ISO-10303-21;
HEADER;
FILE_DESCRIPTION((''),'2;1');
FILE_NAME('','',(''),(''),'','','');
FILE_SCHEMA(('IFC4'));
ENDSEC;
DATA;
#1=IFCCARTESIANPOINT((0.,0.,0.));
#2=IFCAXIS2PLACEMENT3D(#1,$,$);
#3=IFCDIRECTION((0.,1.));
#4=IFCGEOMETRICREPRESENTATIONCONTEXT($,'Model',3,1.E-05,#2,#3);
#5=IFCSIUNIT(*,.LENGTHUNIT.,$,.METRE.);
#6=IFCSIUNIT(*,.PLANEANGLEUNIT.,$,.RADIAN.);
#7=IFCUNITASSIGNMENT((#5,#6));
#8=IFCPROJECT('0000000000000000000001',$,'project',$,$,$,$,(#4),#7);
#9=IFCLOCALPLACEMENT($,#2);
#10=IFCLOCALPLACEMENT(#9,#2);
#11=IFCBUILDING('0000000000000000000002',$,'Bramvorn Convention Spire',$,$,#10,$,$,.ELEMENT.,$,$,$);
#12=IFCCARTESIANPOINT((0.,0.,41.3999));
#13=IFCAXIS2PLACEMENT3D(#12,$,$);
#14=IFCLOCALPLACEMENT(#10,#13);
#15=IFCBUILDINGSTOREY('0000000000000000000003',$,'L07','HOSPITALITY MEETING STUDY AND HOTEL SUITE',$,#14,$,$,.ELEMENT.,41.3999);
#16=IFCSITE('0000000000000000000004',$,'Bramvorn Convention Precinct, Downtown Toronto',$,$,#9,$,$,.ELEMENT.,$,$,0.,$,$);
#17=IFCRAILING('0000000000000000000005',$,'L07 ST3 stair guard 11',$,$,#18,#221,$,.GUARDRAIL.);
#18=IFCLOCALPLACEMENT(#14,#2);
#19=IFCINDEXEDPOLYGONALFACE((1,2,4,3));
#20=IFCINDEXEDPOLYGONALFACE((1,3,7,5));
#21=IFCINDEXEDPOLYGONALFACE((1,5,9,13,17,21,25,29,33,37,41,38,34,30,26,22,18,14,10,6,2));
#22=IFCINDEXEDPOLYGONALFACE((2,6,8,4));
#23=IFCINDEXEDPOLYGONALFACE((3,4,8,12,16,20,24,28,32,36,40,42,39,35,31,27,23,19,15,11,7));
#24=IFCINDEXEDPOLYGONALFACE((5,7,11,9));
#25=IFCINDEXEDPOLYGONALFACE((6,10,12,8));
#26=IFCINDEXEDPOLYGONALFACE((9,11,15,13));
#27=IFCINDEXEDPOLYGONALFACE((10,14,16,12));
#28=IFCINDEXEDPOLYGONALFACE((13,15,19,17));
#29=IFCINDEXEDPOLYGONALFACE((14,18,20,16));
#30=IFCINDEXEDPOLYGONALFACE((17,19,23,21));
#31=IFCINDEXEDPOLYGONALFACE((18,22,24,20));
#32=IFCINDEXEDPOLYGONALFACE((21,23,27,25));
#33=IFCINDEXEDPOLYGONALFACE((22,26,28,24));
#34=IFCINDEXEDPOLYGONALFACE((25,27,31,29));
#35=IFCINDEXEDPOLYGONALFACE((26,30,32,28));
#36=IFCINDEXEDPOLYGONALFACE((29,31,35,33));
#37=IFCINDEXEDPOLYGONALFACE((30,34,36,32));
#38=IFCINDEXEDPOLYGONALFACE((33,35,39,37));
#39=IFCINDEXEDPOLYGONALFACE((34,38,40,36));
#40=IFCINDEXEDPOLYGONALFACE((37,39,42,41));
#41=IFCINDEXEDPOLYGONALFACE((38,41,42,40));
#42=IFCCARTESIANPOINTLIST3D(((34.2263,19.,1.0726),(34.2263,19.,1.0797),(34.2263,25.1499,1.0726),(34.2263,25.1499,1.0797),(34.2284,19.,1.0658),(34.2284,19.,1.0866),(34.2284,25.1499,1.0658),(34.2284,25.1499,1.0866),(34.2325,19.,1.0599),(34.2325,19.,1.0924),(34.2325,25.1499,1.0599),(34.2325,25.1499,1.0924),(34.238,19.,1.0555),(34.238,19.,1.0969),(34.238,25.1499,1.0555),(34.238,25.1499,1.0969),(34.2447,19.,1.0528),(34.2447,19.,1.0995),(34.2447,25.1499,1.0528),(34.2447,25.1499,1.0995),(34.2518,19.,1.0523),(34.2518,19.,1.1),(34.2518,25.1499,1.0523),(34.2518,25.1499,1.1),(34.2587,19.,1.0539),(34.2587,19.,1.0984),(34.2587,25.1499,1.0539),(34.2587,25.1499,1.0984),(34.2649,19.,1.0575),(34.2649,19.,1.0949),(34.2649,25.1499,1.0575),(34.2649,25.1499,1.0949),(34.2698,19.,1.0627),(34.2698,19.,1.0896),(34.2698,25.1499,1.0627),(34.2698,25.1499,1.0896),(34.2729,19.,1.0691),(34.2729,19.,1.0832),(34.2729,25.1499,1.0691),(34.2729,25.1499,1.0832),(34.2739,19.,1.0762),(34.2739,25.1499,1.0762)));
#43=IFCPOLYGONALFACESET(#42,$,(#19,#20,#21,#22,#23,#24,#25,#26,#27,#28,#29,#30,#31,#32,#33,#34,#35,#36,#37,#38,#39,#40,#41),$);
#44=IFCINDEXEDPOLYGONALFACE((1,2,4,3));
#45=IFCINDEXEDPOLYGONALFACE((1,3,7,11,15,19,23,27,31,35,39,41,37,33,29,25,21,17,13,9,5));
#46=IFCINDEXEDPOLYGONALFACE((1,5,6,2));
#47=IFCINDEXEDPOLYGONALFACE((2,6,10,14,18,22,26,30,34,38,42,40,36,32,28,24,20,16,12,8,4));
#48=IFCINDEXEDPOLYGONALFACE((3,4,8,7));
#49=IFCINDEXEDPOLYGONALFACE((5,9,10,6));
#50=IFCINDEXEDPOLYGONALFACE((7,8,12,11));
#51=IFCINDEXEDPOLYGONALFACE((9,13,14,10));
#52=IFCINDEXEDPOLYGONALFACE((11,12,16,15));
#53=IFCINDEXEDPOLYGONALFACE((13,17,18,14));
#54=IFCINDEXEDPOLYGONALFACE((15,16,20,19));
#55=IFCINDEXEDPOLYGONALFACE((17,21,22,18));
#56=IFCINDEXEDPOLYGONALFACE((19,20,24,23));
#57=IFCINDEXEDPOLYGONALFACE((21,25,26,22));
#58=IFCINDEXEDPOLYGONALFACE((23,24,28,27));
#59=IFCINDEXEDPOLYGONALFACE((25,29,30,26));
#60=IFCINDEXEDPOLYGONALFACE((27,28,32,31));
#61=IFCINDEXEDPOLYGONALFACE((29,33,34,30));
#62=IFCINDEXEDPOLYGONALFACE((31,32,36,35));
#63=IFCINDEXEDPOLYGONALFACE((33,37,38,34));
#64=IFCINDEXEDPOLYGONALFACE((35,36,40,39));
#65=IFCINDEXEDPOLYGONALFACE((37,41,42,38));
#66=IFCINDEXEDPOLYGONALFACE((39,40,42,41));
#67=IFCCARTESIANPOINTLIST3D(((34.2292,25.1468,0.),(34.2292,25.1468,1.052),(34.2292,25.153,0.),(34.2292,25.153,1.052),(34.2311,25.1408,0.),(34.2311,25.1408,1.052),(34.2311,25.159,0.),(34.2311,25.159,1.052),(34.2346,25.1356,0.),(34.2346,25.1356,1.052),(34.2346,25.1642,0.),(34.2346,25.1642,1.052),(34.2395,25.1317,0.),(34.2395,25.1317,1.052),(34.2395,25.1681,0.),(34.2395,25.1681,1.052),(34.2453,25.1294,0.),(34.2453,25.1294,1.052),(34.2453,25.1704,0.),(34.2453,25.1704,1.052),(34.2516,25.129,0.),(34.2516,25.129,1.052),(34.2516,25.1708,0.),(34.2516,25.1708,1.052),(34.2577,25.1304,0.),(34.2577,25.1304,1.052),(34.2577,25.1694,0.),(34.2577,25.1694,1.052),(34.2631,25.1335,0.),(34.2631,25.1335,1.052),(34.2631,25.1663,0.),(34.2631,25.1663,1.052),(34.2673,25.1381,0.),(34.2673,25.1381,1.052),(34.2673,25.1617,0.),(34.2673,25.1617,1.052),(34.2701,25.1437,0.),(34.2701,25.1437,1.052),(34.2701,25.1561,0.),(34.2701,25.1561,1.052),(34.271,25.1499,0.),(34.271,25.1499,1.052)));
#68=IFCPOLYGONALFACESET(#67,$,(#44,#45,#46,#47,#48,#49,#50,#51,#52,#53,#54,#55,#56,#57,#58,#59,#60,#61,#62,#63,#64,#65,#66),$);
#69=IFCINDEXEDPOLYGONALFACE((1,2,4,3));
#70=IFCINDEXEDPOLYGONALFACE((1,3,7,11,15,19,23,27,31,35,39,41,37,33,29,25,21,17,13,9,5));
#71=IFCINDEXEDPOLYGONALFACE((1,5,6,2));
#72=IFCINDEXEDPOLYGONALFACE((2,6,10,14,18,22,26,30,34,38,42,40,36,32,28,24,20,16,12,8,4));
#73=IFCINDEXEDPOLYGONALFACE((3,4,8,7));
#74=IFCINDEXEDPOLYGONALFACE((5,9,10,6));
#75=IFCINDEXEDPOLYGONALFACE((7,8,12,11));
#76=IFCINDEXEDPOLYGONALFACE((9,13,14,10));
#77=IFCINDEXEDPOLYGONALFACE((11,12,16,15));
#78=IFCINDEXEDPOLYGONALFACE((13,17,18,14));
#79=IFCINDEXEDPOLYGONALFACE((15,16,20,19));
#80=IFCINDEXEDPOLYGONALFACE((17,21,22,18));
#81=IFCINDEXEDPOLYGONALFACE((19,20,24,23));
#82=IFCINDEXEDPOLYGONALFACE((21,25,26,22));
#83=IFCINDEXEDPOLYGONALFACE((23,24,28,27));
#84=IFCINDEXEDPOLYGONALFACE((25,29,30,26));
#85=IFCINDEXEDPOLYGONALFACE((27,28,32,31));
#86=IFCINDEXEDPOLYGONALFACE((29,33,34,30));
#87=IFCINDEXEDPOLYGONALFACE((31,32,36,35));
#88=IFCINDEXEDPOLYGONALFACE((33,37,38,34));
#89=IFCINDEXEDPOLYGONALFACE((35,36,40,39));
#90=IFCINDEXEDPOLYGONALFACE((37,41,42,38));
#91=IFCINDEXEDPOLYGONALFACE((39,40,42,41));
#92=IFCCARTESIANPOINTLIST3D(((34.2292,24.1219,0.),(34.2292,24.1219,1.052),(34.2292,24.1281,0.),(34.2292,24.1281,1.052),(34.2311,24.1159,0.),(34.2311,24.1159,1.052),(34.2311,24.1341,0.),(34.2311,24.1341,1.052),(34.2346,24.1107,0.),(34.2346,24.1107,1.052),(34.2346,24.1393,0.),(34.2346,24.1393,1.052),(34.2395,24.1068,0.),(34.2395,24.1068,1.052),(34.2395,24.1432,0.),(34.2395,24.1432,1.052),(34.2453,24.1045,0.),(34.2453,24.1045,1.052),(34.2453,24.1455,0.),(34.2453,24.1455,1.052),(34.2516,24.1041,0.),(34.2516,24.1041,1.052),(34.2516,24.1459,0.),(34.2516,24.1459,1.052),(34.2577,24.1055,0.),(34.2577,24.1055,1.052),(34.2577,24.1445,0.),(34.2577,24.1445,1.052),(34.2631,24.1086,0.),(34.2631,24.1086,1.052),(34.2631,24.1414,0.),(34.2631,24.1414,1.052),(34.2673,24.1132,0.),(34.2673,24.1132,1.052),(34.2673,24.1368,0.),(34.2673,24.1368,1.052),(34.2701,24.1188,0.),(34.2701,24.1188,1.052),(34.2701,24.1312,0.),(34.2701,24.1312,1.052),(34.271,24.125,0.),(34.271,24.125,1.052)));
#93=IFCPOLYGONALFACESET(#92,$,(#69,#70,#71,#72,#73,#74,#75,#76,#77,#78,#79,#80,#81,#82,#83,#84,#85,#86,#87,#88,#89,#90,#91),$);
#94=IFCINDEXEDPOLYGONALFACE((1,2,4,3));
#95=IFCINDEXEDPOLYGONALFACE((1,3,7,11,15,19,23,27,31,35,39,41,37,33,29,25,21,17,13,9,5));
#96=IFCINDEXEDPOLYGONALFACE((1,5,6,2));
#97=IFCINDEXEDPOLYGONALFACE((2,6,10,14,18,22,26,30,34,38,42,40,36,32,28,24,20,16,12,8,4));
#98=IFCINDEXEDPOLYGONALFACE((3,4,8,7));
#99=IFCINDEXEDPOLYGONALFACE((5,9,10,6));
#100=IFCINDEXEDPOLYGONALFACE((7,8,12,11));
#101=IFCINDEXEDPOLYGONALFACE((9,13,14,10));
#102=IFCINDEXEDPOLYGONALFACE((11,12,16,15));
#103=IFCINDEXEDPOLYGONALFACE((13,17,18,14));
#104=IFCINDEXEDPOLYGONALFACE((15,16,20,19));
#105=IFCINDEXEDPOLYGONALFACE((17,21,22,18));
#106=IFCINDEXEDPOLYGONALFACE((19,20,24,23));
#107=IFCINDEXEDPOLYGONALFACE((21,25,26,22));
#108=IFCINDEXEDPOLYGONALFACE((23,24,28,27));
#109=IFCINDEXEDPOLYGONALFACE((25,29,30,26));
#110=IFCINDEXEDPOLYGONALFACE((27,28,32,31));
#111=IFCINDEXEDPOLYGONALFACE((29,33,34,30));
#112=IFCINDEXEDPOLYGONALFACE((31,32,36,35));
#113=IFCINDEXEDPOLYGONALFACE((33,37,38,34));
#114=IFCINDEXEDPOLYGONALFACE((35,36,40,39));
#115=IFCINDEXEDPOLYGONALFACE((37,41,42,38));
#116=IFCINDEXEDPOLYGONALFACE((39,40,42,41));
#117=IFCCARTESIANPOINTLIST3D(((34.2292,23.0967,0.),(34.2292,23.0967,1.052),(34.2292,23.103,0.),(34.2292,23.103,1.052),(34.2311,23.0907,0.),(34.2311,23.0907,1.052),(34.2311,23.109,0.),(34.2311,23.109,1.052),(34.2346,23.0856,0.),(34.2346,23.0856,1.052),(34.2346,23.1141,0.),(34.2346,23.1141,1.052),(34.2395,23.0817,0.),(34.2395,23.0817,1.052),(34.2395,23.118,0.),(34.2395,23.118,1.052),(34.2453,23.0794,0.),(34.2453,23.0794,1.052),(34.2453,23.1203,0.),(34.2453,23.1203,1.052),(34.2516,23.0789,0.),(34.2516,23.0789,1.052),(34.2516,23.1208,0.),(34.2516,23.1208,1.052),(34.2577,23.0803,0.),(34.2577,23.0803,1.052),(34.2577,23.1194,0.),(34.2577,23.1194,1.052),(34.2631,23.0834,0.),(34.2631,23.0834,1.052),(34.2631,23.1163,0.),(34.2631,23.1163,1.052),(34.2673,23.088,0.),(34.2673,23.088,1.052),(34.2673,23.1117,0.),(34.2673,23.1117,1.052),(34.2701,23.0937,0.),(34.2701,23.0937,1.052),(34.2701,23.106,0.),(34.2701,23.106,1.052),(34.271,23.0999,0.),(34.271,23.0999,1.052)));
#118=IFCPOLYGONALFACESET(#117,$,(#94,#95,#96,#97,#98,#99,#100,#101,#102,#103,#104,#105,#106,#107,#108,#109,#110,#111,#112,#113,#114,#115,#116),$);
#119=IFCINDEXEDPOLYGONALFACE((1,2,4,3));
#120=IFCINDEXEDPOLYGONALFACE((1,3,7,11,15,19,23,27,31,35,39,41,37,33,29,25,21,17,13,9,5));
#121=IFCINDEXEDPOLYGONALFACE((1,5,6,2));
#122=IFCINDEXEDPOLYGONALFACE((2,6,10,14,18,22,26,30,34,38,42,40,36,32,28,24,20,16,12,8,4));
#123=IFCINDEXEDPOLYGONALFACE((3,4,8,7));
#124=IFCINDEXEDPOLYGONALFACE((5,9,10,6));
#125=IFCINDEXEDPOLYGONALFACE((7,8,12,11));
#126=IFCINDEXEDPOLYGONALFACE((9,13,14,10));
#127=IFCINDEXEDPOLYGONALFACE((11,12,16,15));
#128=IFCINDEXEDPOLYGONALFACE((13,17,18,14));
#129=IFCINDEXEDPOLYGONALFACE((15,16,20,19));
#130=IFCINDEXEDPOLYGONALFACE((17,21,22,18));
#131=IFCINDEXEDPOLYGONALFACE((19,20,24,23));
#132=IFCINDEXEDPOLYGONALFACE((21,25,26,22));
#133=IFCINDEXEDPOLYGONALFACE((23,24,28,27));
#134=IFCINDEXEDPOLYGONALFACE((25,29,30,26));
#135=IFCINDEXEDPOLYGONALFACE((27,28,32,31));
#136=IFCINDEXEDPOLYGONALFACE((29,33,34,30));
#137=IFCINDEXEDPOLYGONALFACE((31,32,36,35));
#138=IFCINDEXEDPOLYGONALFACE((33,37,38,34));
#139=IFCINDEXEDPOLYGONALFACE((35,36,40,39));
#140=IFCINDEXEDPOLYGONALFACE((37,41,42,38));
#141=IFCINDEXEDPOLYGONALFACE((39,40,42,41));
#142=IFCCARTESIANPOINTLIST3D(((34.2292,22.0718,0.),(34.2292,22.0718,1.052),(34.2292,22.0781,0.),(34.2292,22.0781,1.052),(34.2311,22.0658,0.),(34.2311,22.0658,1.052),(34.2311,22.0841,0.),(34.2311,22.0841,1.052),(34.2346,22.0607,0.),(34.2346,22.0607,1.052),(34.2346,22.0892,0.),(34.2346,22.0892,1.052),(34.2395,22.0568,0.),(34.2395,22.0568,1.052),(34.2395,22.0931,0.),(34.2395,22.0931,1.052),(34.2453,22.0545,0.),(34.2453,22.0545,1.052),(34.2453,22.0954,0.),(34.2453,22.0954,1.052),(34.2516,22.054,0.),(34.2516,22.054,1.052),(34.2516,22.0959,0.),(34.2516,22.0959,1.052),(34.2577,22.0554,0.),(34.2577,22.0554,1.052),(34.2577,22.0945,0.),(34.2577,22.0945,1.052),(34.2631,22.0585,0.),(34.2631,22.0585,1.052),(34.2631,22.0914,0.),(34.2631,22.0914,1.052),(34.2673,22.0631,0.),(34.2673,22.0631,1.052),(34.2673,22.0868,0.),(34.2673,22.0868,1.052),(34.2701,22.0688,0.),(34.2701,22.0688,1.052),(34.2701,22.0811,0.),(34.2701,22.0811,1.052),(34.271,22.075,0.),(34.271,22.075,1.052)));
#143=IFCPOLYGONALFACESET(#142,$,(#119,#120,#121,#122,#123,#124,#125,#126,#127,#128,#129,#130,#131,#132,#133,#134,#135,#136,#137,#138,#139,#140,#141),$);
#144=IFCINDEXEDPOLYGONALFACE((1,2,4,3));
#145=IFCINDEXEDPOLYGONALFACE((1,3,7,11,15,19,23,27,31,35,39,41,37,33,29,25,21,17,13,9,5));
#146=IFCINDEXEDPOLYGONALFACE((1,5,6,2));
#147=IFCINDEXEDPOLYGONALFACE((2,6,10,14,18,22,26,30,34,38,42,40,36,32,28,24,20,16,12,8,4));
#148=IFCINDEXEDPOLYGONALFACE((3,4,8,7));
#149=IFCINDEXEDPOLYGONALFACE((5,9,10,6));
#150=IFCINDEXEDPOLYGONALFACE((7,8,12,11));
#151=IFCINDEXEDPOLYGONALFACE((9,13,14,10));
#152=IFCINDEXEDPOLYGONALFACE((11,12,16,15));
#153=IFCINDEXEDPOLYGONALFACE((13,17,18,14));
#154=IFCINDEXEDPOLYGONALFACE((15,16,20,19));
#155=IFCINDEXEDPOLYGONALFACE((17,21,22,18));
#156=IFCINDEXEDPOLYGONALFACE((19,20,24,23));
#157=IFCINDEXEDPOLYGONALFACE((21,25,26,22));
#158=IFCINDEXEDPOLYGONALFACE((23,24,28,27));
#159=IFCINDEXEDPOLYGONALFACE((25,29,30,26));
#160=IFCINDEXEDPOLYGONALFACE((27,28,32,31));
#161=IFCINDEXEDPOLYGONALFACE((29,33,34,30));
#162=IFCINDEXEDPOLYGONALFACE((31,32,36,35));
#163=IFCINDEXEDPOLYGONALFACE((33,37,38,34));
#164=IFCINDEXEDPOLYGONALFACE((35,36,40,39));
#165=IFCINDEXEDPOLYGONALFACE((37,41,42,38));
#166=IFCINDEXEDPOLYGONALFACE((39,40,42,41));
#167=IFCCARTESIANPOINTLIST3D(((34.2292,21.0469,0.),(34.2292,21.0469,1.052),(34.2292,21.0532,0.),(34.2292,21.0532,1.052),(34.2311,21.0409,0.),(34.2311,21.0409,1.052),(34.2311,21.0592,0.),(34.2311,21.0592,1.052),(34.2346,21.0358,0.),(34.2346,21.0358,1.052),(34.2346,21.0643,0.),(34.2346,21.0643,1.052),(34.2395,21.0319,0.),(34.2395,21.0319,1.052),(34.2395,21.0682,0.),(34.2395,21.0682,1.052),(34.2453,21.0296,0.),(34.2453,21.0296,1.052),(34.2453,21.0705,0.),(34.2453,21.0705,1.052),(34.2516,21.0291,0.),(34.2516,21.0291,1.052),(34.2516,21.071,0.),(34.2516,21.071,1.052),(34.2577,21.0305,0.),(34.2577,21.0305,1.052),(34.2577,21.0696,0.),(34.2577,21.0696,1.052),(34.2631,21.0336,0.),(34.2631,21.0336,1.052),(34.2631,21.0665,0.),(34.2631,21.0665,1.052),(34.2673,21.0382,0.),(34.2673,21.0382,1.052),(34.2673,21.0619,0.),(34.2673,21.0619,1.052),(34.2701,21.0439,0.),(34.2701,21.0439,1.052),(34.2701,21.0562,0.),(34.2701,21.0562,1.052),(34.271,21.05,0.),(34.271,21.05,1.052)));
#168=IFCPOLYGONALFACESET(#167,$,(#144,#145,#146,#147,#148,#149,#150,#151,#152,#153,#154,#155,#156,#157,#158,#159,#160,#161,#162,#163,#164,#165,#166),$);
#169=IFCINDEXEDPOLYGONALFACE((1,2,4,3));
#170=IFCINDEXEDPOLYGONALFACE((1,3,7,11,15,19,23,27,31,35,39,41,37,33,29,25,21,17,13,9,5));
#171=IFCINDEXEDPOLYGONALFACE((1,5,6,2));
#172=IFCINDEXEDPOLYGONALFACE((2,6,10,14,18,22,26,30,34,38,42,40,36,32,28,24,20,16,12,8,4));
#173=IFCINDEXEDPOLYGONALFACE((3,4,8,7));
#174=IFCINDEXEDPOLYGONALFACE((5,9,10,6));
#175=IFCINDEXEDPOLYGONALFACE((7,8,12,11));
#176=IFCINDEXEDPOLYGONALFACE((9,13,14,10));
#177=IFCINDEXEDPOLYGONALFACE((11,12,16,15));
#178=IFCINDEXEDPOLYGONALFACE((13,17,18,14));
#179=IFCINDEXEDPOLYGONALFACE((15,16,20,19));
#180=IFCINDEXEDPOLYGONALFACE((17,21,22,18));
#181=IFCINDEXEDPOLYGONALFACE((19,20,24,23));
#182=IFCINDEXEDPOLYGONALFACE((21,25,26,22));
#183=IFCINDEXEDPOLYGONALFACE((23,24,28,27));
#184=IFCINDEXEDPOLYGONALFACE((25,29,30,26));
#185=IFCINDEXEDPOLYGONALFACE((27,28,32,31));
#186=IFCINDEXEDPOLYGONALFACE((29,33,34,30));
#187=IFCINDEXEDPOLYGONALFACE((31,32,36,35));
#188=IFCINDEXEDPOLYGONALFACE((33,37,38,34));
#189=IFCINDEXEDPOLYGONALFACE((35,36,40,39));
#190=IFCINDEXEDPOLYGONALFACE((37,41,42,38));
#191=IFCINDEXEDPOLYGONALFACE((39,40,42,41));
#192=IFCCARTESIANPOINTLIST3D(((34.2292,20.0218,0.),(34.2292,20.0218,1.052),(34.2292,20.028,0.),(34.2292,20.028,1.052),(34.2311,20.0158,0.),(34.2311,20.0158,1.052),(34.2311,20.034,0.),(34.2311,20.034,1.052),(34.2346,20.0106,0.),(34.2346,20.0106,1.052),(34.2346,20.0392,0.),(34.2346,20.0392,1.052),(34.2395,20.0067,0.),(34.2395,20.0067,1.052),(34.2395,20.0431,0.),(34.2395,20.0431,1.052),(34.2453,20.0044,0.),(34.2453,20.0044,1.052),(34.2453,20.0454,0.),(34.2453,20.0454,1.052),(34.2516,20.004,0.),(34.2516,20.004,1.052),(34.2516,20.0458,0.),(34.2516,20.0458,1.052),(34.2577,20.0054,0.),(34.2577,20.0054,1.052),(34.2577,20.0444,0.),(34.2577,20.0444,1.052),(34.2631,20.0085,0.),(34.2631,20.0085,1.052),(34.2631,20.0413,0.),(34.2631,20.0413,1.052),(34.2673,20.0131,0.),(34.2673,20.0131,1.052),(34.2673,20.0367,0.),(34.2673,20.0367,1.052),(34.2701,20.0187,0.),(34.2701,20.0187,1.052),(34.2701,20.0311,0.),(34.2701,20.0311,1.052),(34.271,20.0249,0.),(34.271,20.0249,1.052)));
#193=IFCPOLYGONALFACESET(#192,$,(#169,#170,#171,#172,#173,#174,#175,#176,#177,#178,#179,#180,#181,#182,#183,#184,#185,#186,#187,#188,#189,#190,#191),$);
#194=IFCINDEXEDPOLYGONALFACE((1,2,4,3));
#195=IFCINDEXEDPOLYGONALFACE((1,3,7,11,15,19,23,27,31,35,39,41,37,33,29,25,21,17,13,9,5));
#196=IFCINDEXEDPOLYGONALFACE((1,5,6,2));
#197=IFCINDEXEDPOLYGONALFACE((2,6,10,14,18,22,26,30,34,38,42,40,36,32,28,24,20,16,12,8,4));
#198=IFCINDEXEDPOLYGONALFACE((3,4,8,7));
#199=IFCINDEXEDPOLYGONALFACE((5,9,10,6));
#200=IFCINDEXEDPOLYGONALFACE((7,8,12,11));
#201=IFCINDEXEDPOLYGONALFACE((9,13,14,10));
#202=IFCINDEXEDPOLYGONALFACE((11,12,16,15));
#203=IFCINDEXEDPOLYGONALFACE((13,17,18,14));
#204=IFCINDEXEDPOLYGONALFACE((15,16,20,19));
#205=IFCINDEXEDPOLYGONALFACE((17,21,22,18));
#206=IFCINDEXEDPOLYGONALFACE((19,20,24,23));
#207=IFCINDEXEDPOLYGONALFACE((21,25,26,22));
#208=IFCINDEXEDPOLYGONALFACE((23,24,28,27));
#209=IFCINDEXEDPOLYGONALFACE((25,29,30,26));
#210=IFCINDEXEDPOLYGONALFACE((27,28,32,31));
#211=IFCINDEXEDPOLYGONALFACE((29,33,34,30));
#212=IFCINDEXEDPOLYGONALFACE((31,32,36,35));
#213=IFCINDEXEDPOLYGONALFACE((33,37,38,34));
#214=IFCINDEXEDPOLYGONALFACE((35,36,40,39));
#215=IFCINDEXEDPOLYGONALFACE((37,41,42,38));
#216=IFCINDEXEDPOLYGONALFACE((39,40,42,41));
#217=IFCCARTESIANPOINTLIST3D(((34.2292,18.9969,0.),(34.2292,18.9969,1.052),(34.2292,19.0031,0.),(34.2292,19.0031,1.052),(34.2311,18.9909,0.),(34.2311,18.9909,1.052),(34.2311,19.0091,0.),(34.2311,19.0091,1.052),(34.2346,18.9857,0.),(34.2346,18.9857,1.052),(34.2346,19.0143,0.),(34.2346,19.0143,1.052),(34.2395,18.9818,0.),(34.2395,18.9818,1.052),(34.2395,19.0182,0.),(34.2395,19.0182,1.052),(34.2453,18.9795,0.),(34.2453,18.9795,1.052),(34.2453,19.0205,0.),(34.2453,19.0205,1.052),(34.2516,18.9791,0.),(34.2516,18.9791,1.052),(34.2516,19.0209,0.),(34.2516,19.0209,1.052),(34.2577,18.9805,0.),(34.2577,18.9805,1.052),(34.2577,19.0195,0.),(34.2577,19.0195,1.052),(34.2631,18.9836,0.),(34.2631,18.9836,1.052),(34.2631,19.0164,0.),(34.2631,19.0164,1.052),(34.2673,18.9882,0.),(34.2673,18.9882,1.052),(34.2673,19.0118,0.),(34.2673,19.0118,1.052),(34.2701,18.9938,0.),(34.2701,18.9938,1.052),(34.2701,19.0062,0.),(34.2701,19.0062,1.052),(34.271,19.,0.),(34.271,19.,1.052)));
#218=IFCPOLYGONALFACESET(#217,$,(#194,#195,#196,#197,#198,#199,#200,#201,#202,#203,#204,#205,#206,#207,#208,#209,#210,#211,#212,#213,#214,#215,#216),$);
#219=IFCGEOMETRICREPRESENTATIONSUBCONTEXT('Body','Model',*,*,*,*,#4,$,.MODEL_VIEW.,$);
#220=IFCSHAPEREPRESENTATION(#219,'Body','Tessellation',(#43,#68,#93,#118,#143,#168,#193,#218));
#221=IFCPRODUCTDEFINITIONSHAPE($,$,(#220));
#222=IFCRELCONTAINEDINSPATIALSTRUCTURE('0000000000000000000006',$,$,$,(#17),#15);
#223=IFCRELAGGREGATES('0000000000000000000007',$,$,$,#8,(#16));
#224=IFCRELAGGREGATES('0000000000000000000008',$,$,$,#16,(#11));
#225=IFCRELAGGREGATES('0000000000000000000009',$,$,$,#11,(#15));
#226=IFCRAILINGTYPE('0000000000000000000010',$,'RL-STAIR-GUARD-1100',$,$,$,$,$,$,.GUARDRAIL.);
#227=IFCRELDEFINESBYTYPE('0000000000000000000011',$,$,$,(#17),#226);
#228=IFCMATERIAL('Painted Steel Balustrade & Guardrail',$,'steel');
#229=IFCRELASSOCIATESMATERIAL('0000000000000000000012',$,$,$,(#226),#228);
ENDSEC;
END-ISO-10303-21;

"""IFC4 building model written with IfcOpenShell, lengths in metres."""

from ifc_helpers import new_model, si_unit, direction, frame, origin, origin_2d, place, context, subcontext, project, spatial, circle, extrude, material, type_object, element, save


model = new_model("IFC4")

# Units and contexts
model_context = context("Model", 3, precision=1e-05, world=origin(), true_north=direction((0.0, 1.0)))
body_context = subcontext(model_context, "Body", "Model", "MODEL_VIEW")
ifc_project = project(units=[si_unit("LENGTHUNIT", "METRE"), si_unit("PLANEANGLEUNIT", "RADIAN")], contexts=[model_context])

# Site, building, storey
site_placement = place(None, origin())
site = spatial("IfcSite", under=ifc_project, at=site_placement, Name="Bramvorn Convention Precinct, Downtown Toronto", CompositionType="ELEMENT", RefElevation=0.0)
building_placement = place(site_placement, origin())
building = spatial("IfcBuilding", under=site, at=building_placement, Name="Bramvorn Convention Spire", CompositionType="ELEMENT")
storey_placement = place(building_placement, frame((0.0, 0.0, 41.3999)))
storey = spatial("IfcBuildingStorey", under=building, at=storey_placement, Name="L07", Description="HOSPITALITY MEETING STUDY AND HOTEL SUITE", CompositionType="ELEMENT", Elevation=41.3999)

# Railing
ifc_material_1 = material(Name="Painted Steel Balustrade & Guardrail", Category="steel")
railing_type_1 = type_object("IfcRailingType", Name="RL-STAIR-GUARD-1100", PredefinedType="GUARDRAIL", material=ifc_material_1)
railing_1_placement = place(storey_placement, frame((34.25, 25.1499, 0.0)))
element("IfcRailing", 1, at=railing_1_placement, inside=storey, type_object=railing_type_1, Name="L07 ST3 stair guard 11", PredefinedType="GUARDRAIL", context=body_context, shape_type="SweptSolid", body=[
    extrude(circle(Radius=0.0239, at=origin_2d()), frame((0.0, 0.0, 1.0762), z_axis=(0.0, -1.0, 0.0), x_axis=(1.0, 0.0, 0.0)), (0.0, 0.0, 1.0), 6.1499),
    extrude(circle(Radius=0.021, at=origin_2d()), origin(), (0.0, 0.0, 1.0), 1.052),
    extrude(circle(Radius=0.021, at=origin_2d()), frame((0.0, -1.0249, 0.0)), (0.0, 0.0, 1.0), 1.052),
    extrude(circle(Radius=0.021, at=origin_2d()), frame((0.0, -2.05, 0.0)), (0.0, 0.0, 1.0), 1.052),
    extrude(circle(Radius=0.021, at=origin_2d()), frame((0.0, -3.075, 0.0)), (0.0, 0.0, 1.0), 1.052),
    extrude(circle(Radius=0.021, at=origin_2d()), frame((0.0, -4.0999, 0.0)), (0.0, 0.0, 1.0), 1.052),
    extrude(circle(Radius=0.021, at=origin_2d()), frame((0.0, -5.125, 0.0)), (0.0, 0.0, 1.0), 1.052),
    extrude(circle(Radius=0.021, at=origin_2d()), frame((0.0, -6.1499, 0.0)), (0.0, 0.0, 1.0), 1.052),
])

save(model, "model.ifc")
